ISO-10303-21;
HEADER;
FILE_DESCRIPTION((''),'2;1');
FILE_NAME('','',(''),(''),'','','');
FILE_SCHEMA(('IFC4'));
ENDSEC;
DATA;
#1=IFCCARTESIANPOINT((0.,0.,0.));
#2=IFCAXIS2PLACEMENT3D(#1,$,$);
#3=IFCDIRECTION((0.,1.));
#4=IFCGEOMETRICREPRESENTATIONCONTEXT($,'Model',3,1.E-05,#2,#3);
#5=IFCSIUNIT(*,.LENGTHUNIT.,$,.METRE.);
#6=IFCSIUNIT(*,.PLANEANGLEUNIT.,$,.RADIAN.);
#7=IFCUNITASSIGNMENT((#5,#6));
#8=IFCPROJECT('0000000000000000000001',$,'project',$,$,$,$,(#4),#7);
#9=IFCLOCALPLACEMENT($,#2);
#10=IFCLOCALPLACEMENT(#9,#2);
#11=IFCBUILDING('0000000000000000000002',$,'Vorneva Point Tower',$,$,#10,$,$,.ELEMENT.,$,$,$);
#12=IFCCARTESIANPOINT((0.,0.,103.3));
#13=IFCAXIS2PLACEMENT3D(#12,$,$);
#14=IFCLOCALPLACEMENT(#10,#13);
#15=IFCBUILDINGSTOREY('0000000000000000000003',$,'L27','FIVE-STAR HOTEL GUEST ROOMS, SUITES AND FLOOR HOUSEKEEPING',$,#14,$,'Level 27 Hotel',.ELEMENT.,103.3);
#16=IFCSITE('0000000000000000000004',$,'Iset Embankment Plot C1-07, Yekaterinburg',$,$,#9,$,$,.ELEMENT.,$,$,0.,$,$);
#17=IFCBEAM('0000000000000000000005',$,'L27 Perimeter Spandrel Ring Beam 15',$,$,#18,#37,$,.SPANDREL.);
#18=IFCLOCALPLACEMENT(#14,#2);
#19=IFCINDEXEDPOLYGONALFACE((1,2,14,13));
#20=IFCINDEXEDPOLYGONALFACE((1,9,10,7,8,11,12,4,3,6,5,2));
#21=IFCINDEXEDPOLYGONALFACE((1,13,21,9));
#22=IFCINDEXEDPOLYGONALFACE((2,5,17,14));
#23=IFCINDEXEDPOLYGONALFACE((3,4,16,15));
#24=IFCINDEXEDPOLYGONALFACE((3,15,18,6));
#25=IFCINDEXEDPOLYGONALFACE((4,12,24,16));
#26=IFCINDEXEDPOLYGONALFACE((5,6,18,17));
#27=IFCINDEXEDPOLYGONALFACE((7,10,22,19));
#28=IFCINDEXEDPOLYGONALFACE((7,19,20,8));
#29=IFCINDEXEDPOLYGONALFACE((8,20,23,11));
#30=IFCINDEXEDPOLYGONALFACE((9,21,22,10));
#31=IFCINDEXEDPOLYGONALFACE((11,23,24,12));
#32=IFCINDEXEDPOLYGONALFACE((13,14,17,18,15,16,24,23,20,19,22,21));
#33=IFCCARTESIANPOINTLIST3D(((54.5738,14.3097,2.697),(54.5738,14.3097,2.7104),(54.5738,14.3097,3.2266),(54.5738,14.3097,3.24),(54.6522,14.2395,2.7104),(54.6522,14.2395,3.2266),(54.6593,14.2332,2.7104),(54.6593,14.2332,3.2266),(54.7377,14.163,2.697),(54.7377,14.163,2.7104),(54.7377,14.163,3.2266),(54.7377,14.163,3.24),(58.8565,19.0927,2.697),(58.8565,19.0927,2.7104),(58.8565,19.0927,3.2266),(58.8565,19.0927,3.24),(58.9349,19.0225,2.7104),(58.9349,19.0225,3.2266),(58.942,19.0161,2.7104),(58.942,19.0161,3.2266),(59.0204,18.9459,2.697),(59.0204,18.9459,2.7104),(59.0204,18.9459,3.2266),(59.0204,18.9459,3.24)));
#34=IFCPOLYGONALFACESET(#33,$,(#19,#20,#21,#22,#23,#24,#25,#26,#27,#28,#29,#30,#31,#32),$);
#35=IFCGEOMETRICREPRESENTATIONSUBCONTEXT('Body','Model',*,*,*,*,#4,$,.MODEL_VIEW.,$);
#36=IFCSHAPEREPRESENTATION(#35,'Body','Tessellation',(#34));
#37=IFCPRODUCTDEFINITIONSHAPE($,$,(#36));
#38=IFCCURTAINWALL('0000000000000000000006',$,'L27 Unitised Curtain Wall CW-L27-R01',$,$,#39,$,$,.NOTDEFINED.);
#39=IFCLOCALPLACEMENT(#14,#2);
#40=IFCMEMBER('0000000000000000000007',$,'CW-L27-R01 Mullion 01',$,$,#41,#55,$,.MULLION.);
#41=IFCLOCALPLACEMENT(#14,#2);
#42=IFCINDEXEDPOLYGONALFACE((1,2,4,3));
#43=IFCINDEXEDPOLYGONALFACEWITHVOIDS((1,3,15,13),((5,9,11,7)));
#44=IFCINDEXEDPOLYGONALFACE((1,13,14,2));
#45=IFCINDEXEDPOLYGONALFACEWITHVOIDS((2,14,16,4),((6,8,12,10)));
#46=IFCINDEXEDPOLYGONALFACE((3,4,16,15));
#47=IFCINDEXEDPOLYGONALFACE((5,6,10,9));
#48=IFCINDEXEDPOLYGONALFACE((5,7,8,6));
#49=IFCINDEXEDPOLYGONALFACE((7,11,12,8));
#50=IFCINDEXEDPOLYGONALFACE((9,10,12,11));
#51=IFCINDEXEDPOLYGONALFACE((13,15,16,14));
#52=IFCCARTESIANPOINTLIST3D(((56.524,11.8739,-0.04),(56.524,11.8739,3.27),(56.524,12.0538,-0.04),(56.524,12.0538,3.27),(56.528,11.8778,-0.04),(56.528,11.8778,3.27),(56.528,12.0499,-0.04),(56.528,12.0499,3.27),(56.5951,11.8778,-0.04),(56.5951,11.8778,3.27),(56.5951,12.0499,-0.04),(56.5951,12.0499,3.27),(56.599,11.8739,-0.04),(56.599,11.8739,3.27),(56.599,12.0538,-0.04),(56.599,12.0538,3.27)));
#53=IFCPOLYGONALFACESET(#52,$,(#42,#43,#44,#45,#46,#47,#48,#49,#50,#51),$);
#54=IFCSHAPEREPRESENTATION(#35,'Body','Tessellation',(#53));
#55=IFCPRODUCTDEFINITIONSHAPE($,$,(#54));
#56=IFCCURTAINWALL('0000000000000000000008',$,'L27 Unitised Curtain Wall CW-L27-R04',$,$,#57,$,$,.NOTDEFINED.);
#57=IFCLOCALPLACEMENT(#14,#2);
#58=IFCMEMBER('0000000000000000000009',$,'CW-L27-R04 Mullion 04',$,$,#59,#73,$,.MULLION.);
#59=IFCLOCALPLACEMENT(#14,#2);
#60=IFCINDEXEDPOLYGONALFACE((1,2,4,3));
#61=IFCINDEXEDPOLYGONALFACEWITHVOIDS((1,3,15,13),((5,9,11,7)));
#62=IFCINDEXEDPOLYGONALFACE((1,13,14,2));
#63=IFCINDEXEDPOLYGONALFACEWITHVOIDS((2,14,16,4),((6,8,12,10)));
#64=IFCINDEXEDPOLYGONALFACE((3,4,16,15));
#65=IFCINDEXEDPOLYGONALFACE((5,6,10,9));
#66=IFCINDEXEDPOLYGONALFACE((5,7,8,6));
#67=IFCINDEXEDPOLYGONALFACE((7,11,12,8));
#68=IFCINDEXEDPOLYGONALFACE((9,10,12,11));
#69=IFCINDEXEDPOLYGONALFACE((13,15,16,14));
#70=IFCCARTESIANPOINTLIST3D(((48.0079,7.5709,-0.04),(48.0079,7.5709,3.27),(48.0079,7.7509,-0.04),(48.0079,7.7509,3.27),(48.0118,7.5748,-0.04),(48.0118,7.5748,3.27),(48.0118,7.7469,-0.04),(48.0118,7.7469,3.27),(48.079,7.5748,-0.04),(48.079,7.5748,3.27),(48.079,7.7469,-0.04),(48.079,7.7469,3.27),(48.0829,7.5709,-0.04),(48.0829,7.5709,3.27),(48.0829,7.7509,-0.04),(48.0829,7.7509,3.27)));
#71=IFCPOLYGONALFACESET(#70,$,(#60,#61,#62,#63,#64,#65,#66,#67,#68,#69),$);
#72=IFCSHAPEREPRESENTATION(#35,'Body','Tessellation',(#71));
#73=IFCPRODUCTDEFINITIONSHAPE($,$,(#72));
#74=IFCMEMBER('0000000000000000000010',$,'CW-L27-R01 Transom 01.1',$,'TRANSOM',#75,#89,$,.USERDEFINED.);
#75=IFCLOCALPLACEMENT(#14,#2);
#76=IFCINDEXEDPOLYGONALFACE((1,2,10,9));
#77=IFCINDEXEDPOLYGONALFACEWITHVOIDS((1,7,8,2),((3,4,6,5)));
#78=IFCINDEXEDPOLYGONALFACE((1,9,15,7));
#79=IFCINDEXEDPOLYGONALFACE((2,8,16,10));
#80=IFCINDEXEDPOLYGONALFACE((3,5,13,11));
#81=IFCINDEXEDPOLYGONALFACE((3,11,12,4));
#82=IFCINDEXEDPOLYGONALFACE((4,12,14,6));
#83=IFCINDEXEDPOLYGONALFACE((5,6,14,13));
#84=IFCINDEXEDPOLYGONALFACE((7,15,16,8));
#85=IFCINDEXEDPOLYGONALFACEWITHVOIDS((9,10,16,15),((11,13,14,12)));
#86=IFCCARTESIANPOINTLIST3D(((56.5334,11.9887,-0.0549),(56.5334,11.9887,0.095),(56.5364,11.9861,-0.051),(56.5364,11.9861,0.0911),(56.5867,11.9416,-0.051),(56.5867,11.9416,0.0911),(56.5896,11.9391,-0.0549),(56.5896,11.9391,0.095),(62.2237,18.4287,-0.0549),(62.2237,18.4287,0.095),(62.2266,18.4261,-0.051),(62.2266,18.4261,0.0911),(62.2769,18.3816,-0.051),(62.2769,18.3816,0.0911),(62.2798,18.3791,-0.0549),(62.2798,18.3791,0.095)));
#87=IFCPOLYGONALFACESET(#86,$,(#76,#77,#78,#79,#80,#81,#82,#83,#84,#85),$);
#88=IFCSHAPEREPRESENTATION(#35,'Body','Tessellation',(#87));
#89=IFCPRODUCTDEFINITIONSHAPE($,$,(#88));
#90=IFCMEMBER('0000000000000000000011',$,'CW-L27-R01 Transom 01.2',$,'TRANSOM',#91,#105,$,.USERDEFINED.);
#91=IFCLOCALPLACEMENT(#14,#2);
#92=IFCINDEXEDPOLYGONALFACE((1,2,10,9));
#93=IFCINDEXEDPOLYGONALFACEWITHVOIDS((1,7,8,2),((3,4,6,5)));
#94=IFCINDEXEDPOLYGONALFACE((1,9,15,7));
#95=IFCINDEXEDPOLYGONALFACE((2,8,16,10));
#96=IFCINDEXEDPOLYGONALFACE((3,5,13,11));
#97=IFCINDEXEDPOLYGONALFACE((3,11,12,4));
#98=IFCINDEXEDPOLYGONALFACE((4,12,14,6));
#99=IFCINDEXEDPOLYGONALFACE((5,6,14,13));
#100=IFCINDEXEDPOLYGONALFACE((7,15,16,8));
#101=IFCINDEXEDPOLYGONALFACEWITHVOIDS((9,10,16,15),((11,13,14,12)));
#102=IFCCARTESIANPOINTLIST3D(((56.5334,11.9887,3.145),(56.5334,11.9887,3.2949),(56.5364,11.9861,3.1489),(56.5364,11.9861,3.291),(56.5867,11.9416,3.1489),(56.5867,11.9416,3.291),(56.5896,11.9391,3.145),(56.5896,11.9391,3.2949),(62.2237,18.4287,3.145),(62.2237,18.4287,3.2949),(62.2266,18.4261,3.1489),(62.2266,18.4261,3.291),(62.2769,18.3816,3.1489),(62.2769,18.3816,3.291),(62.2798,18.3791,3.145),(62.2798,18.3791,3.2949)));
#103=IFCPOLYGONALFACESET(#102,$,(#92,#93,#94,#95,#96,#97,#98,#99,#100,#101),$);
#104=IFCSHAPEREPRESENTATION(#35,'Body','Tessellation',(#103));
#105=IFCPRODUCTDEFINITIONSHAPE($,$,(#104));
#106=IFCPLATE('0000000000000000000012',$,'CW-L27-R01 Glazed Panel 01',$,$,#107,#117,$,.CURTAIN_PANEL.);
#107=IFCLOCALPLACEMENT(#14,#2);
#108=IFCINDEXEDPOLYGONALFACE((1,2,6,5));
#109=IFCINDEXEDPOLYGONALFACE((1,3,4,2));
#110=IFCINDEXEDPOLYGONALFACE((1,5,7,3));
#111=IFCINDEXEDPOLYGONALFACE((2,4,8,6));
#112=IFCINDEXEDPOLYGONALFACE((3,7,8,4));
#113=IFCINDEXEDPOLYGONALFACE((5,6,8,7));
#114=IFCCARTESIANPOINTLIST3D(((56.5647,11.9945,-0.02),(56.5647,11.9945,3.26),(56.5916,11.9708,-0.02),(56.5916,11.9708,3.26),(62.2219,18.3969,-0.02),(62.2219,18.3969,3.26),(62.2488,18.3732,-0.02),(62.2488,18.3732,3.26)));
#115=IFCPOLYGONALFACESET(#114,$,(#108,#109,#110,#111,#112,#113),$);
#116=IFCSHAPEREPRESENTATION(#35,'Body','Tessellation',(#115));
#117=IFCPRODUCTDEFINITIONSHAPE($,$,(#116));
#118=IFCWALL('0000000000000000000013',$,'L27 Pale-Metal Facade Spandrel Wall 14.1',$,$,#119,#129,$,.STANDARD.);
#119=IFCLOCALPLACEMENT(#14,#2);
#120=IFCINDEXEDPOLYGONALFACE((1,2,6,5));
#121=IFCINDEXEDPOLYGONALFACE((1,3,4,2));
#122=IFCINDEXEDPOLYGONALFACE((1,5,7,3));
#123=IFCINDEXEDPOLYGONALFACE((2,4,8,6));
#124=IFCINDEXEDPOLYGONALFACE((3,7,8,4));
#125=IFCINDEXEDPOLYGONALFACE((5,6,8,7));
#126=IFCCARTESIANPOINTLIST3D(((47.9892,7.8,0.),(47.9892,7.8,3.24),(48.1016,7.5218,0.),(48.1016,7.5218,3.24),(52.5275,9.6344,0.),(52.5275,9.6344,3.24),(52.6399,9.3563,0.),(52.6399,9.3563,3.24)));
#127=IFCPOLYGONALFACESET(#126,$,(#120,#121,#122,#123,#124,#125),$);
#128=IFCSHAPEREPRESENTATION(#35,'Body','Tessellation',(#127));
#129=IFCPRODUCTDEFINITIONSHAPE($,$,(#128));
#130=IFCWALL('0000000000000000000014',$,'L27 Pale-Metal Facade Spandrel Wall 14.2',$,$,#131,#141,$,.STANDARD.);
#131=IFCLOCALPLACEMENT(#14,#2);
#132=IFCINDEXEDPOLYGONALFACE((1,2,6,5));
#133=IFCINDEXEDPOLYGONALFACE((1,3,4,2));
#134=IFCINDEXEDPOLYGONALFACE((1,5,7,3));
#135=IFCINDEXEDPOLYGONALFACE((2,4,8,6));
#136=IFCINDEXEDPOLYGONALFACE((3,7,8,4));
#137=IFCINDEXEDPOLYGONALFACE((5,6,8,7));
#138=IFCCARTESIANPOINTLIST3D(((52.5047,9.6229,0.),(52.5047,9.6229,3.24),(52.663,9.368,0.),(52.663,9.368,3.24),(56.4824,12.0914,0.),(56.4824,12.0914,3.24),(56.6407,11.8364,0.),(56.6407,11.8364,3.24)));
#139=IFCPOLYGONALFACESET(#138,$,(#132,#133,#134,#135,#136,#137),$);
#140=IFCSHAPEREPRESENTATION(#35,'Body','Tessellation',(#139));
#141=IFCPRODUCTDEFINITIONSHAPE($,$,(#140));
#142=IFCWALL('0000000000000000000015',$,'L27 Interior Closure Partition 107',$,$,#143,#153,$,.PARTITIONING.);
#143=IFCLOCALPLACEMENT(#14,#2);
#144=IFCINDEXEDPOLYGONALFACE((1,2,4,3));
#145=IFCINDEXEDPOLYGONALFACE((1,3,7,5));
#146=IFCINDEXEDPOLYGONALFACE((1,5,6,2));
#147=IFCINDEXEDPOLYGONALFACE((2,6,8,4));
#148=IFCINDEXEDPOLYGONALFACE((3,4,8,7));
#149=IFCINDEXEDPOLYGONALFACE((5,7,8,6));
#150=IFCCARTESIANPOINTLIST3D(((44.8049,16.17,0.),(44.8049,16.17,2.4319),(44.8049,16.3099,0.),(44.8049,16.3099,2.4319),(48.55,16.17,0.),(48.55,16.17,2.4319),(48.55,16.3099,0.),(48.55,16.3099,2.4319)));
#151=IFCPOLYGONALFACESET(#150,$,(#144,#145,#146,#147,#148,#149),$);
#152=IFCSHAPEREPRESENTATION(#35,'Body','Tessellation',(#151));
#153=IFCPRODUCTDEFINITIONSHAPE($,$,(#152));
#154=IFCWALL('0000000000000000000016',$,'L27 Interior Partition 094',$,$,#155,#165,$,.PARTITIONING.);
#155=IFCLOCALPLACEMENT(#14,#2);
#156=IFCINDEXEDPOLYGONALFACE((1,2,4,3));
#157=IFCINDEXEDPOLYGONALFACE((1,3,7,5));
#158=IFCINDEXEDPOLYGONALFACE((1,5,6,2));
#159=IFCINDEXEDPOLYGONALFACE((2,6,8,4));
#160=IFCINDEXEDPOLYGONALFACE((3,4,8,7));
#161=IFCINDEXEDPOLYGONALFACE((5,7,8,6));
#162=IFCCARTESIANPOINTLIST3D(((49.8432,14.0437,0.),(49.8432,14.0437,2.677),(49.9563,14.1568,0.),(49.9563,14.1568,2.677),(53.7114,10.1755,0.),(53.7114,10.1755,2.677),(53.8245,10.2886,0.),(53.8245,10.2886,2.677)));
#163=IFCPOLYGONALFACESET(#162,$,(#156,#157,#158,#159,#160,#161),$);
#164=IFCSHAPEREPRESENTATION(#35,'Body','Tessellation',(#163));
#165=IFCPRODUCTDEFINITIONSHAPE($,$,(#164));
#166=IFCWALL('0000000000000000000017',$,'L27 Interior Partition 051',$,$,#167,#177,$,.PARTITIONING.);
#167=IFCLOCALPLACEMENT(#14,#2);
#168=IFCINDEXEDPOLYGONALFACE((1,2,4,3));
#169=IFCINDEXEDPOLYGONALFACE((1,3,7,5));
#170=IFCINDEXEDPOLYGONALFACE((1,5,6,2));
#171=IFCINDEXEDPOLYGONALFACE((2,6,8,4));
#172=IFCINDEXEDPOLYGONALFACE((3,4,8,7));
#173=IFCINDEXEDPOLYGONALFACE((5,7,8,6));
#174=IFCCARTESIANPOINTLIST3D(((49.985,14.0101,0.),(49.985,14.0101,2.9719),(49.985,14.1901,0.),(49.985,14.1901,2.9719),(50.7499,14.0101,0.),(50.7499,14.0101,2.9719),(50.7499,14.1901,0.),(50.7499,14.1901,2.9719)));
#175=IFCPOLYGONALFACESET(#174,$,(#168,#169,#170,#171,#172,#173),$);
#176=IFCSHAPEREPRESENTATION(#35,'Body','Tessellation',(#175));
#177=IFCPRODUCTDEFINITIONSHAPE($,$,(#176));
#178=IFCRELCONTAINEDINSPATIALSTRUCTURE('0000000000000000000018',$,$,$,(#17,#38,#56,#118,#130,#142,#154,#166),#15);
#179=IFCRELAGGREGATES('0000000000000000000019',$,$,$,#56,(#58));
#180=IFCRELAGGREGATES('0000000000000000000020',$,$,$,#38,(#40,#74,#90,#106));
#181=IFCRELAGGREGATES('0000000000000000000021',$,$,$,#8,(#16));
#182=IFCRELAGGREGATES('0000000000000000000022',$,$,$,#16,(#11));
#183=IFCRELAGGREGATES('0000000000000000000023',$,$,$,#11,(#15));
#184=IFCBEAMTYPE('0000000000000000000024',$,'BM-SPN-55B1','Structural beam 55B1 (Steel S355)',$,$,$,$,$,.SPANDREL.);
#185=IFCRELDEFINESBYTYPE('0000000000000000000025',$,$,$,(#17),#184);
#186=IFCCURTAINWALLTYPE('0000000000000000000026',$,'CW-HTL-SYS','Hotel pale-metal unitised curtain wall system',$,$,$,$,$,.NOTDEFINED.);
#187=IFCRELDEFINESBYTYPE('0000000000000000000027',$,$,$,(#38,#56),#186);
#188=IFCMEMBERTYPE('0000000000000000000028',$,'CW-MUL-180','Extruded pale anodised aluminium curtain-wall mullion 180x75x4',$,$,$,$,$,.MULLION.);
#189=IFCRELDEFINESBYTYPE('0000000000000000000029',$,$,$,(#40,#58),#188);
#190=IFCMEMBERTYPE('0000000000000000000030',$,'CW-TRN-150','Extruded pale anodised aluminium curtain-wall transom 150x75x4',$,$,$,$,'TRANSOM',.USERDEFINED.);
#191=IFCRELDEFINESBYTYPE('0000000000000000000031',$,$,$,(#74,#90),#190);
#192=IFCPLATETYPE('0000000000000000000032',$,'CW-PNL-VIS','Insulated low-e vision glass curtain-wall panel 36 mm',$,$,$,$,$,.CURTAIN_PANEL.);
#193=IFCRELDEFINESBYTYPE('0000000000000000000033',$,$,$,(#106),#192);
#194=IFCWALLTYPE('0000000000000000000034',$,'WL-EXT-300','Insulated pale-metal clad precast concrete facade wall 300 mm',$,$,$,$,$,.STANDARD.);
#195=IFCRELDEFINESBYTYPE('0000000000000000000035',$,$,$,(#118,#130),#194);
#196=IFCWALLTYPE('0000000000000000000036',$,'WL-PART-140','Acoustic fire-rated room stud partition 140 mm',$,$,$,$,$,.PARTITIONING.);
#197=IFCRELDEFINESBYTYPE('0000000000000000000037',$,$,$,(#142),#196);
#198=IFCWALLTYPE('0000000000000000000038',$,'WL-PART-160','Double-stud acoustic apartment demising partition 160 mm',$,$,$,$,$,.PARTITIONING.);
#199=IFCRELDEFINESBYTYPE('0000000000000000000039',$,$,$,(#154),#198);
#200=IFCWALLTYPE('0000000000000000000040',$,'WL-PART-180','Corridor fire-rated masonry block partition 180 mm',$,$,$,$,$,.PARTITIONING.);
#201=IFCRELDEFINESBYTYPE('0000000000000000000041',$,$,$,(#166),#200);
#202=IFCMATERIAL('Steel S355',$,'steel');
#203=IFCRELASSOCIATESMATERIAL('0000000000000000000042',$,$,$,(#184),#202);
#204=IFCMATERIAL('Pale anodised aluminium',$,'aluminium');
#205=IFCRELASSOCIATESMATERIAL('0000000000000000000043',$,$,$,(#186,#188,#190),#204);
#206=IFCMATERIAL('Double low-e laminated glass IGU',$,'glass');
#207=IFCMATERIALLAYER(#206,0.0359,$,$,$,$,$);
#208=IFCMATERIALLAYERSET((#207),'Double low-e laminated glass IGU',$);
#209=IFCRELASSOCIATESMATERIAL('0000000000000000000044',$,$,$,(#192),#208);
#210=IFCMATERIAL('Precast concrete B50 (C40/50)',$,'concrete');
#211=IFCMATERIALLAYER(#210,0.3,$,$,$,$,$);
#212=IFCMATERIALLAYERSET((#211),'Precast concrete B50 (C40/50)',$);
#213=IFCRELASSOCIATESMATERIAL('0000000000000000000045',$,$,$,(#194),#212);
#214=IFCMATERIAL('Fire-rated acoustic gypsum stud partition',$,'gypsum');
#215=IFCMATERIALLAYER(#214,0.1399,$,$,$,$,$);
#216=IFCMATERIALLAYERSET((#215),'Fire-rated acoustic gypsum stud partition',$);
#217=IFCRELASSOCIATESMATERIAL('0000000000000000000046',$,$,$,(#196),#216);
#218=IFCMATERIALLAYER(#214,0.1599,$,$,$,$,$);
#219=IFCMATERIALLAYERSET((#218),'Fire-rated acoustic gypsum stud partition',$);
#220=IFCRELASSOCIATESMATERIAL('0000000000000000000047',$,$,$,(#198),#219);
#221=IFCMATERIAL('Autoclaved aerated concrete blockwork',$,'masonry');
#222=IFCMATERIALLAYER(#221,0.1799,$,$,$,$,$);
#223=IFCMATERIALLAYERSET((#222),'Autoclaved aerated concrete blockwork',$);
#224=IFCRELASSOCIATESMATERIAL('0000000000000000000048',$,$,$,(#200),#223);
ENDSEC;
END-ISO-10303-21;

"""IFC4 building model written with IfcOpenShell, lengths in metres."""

from ifc_helpers import new_model, si_unit, direction, frame, frame_2d, origin, origin_2d, place, context, subcontext, project, spatial, rectangle, hollow_rectangle, i_section, extrude, material, layer, layer_set, material_profile, profile_set, type_object, element, aggregate, save


model = new_model("IFC4")

# Units and contexts
model_context = context("Model", 3, precision=1e-05, world=origin(), true_north=direction((0.0, 1.0)))
body_context = subcontext(model_context, "Body", "Model", "MODEL_VIEW")
ifc_project = project(units=[si_unit("LENGTHUNIT", "METRE"), si_unit("PLANEANGLEUNIT", "RADIAN")], contexts=[model_context])

# Site, building, storey
site_placement = place(None, origin())
site = spatial("IfcSite", under=ifc_project, at=site_placement, Name="Iset Embankment Plot C1-07, Yekaterinburg", CompositionType="ELEMENT", RefElevation=0.0)
building_placement = place(site_placement, origin())
building = spatial("IfcBuilding", under=site, at=building_placement, Name="Vorneva Point Tower", CompositionType="ELEMENT")
storey_placement = place(building_placement, frame((0.0, 0.0, 103.3)))
storey = spatial("IfcBuildingStorey", under=building, at=storey_placement, Name="L27", Description="FIVE-STAR HOTEL GUEST ROOMS, SUITES AND FLOOR HOUSEKEEPING", LongName="Level 27 Hotel", CompositionType="ELEMENT", Elevation=103.3)

# Beam
ifc_material_1 = material(Name="Steel S355", Category="steel")
ifc_material_profile_1 = material_profile(ifc_material_1, i_section(OverallWidth=0.22, OverallDepth=0.543, WebThickness=0.0095, FlangeThickness=0.0134, at=origin_2d()), Name="55B1")
ifc_profile_set_1 = profile_set([ifc_material_profile_1], Name="Steel S355")
beam_type_1 = type_object("IfcBeamType", Name="BM-SPN-55B1", Description="Structural beam 55B1 (Steel S355)", PredefinedType="SPANDREL", material=ifc_profile_set_1)
beam_1_placement = place(storey_placement, frame((54.6558, 14.2363, 2.9685), z_axis=(0.667074, 0.744992, 0.0), x_axis=(-0.744992, 0.667074, 0.0)))
element("IfcBeam", 1, at=beam_1_placement, inside=storey, type_object=beam_type_1, Name="L27 Perimeter Spandrel Ring Beam 15", PredefinedType="SPANDREL", context=body_context, shape_type="SweptSolid", body=[
    extrude(i_section(OverallWidth=0.22, OverallDepth=0.543, WebThickness=0.0095, FlangeThickness=0.0134, at=origin_2d()), origin(), (0.0, 0.0, 1.0), 6.4202),
])

# Curtain walls, members
ifc_material_2 = material(Name="Pale anodised aluminium", Category="aluminium")
curtain_wall_type = type_object("IfcCurtainWallType", Name="CW-HTL-SYS", Description="Hotel pale-metal unitised curtain wall system", PredefinedType="NOTDEFINED", material=ifc_material_2)
curtain_wall_1_placement = place(storey_placement, origin())
curtain_wall_1 = element("IfcCurtainWall", 2, at=curtain_wall_1_placement, inside=storey, type_object=curtain_wall_type, Name="L27 Unitised Curtain Wall CW-L27-R01", PredefinedType="NOTDEFINED")
ifc_material_profile_2 = material_profile(ifc_material_2, hollow_rectangle(XDim=0.075, YDim=0.1799, WallThickness=0.0039, at=origin_2d()), Name="AL-MUL 180x75x4")
ifc_profile_set_2 = profile_set([ifc_material_profile_2], Name="Pale anodised aluminium")
member_type_1 = type_object("IfcMemberType", Name="CW-MUL-180", Description="Extruded pale anodised aluminium curtain-wall mullion 180x75x4", PredefinedType="MULLION", material=ifc_profile_set_2)
member_1_placement = place(storey_placement, frame((56.5615, 11.9639, -0.04), z_axis=(0.0, 0.0, 1.0), x_axis=(1.0, 0.0, 0.0)))
member_1 = element("IfcMember", 3, at=member_1_placement, type_object=member_type_1, Name="CW-L27-R01 Mullion 01", PredefinedType="MULLION", context=body_context, shape_type="SweptSolid", body=[
    extrude(hollow_rectangle(XDim=0.075, YDim=0.1799, WallThickness=0.0039, at=origin_2d()), origin(), (0.0, 0.0, 1.0), 3.3101),
])
curtain_wall_2_placement = place(storey_placement, origin())
curtain_wall_2 = element("IfcCurtainWall", 4, at=curtain_wall_2_placement, inside=storey, type_object=curtain_wall_type, Name="L27 Unitised Curtain Wall CW-L27-R04", PredefinedType="NOTDEFINED")
member_2_placement = place(storey_placement, frame((48.0454, 7.6609, -0.04), z_axis=(0.0, 0.0, 1.0), x_axis=(1.0, 0.0, 0.0)))
member_2 = element("IfcMember", 5, at=member_2_placement, type_object=member_type_1, Name="CW-L27-R04 Mullion 04", PredefinedType="MULLION", context=body_context, shape_type="SweptSolid", body=[
    extrude(hollow_rectangle(XDim=0.075, YDim=0.1799, WallThickness=0.0039, at=origin_2d()), origin(), (0.0, 0.0, 1.0), 3.3101),
])
aggregate(curtain_wall_2, [member_2])

# Members
ifc_material_profile_3 = material_profile(ifc_material_2, hollow_rectangle(XDim=0.075, YDim=0.1499, WallThickness=0.0039, at=origin_2d()), Name="AL-TRN 150x75x4")
ifc_profile_set_3 = profile_set([ifc_material_profile_3], Name="Pale anodised aluminium")
member_type_2 = type_object("IfcMemberType", Name="CW-TRN-150", Description="Extruded pale anodised aluminium curtain-wall transom 150x75x4", ElementType="TRANSOM", PredefinedType="USERDEFINED", material=ifc_profile_set_3)
member_3_placement = place(storey_placement, frame((56.5615, 11.9639, 0.02), z_axis=(0.662137, 0.749383, 0.0), x_axis=(-0.749383, 0.662137, 0.0)))
member_3 = element("IfcMember", 6, at=member_3_placement, type_object=member_type_2, Name="CW-L27-R01 Transom 01.1", ObjectType="TRANSOM", PredefinedType="USERDEFINED", context=body_context, shape_type="SweptSolid", body=[
    extrude(hollow_rectangle(XDim=0.075, YDim=0.1499, WallThickness=0.0039, at=origin_2d()), origin(), (0.0, 0.0, 1.0), 8.5938),
])
member_4_placement = place(storey_placement, frame((56.5615, 11.9639, 3.22), z_axis=(0.662137, 0.749383, 0.0), x_axis=(-0.749383, 0.662137, 0.0)))
member_4 = element("IfcMember", 7, at=member_4_placement, type_object=member_type_2, Name="CW-L27-R01 Transom 01.2", ObjectType="TRANSOM", PredefinedType="USERDEFINED", context=body_context, shape_type="SweptSolid", body=[
    extrude(hollow_rectangle(XDim=0.075, YDim=0.1499, WallThickness=0.0039, at=origin_2d()), origin(), (0.0, 0.0, 1.0), 8.5938),
])

# Plate
ifc_material_3 = material(Name="Double low-e laminated glass IGU", Category="glass")
ifc_layer_1 = layer(ifc_material_3, 0.0359)
ifc_layer_set_1 = layer_set([ifc_layer_1], Name="Double low-e laminated glass IGU")
plate_type = type_object("IfcPlateType", Name="CW-PNL-VIS", Description="Insulated low-e vision glass curtain-wall panel 36 mm", PredefinedType="CURTAIN_PANEL", material=ifc_layer_set_1)
plate_placement = place(storey_placement, frame((59.4067, 15.1838, -0.02), z_axis=(0.0, 0.0, 1.0), x_axis=(0.662149, 0.749372, 0.0)))
plate = element("IfcPlate", 8, at=plate_placement, type_object=plate_type, Name="CW-L27-R01 Glazed Panel 01", PredefinedType="CURTAIN_PANEL", context=body_context, shape_type="SweptSolid", body=[
    extrude(rectangle(XDim=8.5437, YDim=0.0359, at=origin_2d()), origin(), (0.0, 0.0, 1.0), 3.28),
])
aggregate(curtain_wall_1, [member_1, member_3, member_4, plate])

# Walls
ifc_material_4 = material(Name="Precast concrete B50 (C40/50)", Category="concrete")
ifc_layer_2 = layer(ifc_material_4, 0.3)
ifc_layer_set_2 = layer_set([ifc_layer_2], Name="Precast concrete B50 (C40/50)")
wall_type_1 = type_object("IfcWallType", Name="WL-EXT-300", Description="Insulated pale-metal clad precast concrete facade wall 300 mm", PredefinedType="STANDARD", material=ifc_layer_set_2)
wall_1_placement = place(storey_placement, frame((48.0454, 7.6609, 0.0), z_axis=(0.0, 0.0, 1.0), x_axis=(0.927122, 0.374759, 0.0)))
element("IfcWall", 9, at=wall_1_placement, inside=storey, type_object=wall_type_1, Name="L27 Pale-Metal Facade Spandrel Wall 14.1", PredefinedType="STANDARD", context=body_context, shape_type="SweptSolid", body=[
    extrude(rectangle(XDim=4.895, YDim=0.3, at=frame_2d((2.4475, 0.0))), origin(), (0.0, 0.0, 1.0), 3.24),
])
wall_2_placement = place(storey_placement, frame((52.5837, 9.4954, 0.0), z_axis=(0.0, 0.0, 1.0), x_axis=(0.849684, 0.527291, 0.0)))
element("IfcWall", 10, at=wall_2_placement, inside=storey, type_object=wall_type_1, Name="L27 Pale-Metal Facade Spandrel Wall 14.2", PredefinedType="STANDARD", context=body_context, shape_type="SweptSolid", body=[
    extrude(rectangle(XDim=4.6814, YDim=0.3, at=frame_2d((2.3408, 0.0))), origin(), (0.0, 0.0, 1.0), 3.24),
])
ifc_material_5 = material(Name="Fire-rated acoustic gypsum stud partition", Category="gypsum")
ifc_layer_3 = layer(ifc_material_5, 0.1399)
ifc_layer_set_3 = layer_set([ifc_layer_3], Name="Fire-rated acoustic gypsum stud partition")
wall_type_2 = type_object("IfcWallType", Name="WL-PART-140", Description="Acoustic fire-rated room stud partition 140 mm", PredefinedType="PARTITIONING", material=ifc_layer_set_3)
wall_3_placement = place(storey_placement, frame((48.55, 16.24, 0.0), z_axis=(0.0, 0.0, 1.0), x_axis=(-1.0, 0.0, 0.0)))
element("IfcWall", 11, at=wall_3_placement, inside=storey, type_object=wall_type_2, Name="L27 Interior Closure Partition 107", PredefinedType="PARTITIONING", context=body_context, shape_type="SweptSolid", body=[
    extrude(rectangle(XDim=3.7451, YDim=0.1399, at=frame_2d((1.8726, 0.0))), origin(), (0.0, 0.0, 1.0), 2.4319),
])
ifc_layer_4 = layer(ifc_material_5, 0.1599)
ifc_layer_set_4 = layer_set([ifc_layer_4], Name="Fire-rated acoustic gypsum stud partition")
wall_type_3 = type_object("IfcWallType", Name="WL-PART-160", Description="Double-stud acoustic apartment demising partition 160 mm", PredefinedType="PARTITIONING", material=ifc_layer_set_4)
wall_4_placement = place(storey_placement, frame((53.7681, 10.2319, 0.0), z_axis=(0.0, 0.0, 1.0), x_axis=(-0.707107, 0.707107, 0.0)))
element("IfcWall", 12, at=wall_4_placement, inside=storey, type_object=wall_type_3, Name="L27 Interior Partition 094", PredefinedType="PARTITIONING", context=body_context, shape_type="SweptSolid", body=[
    extrude(rectangle(XDim=5.4705, YDim=0.1599, at=frame_2d((2.7354, 0.0))), origin(), (0.0, 0.0, 1.0), 2.677),
])
ifc_material_6 = material(Name="Autoclaved aerated concrete blockwork", Category="masonry")
ifc_layer_5 = layer(ifc_material_6, 0.1799)
ifc_layer_set_5 = layer_set([ifc_layer_5], Name="Autoclaved aerated concrete blockwork")
wall_type_4 = type_object("IfcWallType", Name="WL-PART-180", Description="Corridor fire-rated masonry block partition 180 mm", PredefinedType="PARTITIONING", material=ifc_layer_set_5)
wall_5_placement = place(storey_placement, frame((49.9851, 14.1001, 0.0), z_axis=(0.0, 0.0, 1.0), x_axis=(1.0, 0.0, 0.0)))
element("IfcWall", 13, at=wall_5_placement, inside=storey, type_object=wall_type_4, Name="L27 Interior Partition 051", PredefinedType="PARTITIONING", context=body_context, shape_type="SweptSolid", body=[
    extrude(rectangle(XDim=0.7649, YDim=0.1799, at=frame_2d((0.3823, 0.0))), origin(), (0.0, 0.0, 1.0), 2.9719),
])

save(model, "model.ifc")
